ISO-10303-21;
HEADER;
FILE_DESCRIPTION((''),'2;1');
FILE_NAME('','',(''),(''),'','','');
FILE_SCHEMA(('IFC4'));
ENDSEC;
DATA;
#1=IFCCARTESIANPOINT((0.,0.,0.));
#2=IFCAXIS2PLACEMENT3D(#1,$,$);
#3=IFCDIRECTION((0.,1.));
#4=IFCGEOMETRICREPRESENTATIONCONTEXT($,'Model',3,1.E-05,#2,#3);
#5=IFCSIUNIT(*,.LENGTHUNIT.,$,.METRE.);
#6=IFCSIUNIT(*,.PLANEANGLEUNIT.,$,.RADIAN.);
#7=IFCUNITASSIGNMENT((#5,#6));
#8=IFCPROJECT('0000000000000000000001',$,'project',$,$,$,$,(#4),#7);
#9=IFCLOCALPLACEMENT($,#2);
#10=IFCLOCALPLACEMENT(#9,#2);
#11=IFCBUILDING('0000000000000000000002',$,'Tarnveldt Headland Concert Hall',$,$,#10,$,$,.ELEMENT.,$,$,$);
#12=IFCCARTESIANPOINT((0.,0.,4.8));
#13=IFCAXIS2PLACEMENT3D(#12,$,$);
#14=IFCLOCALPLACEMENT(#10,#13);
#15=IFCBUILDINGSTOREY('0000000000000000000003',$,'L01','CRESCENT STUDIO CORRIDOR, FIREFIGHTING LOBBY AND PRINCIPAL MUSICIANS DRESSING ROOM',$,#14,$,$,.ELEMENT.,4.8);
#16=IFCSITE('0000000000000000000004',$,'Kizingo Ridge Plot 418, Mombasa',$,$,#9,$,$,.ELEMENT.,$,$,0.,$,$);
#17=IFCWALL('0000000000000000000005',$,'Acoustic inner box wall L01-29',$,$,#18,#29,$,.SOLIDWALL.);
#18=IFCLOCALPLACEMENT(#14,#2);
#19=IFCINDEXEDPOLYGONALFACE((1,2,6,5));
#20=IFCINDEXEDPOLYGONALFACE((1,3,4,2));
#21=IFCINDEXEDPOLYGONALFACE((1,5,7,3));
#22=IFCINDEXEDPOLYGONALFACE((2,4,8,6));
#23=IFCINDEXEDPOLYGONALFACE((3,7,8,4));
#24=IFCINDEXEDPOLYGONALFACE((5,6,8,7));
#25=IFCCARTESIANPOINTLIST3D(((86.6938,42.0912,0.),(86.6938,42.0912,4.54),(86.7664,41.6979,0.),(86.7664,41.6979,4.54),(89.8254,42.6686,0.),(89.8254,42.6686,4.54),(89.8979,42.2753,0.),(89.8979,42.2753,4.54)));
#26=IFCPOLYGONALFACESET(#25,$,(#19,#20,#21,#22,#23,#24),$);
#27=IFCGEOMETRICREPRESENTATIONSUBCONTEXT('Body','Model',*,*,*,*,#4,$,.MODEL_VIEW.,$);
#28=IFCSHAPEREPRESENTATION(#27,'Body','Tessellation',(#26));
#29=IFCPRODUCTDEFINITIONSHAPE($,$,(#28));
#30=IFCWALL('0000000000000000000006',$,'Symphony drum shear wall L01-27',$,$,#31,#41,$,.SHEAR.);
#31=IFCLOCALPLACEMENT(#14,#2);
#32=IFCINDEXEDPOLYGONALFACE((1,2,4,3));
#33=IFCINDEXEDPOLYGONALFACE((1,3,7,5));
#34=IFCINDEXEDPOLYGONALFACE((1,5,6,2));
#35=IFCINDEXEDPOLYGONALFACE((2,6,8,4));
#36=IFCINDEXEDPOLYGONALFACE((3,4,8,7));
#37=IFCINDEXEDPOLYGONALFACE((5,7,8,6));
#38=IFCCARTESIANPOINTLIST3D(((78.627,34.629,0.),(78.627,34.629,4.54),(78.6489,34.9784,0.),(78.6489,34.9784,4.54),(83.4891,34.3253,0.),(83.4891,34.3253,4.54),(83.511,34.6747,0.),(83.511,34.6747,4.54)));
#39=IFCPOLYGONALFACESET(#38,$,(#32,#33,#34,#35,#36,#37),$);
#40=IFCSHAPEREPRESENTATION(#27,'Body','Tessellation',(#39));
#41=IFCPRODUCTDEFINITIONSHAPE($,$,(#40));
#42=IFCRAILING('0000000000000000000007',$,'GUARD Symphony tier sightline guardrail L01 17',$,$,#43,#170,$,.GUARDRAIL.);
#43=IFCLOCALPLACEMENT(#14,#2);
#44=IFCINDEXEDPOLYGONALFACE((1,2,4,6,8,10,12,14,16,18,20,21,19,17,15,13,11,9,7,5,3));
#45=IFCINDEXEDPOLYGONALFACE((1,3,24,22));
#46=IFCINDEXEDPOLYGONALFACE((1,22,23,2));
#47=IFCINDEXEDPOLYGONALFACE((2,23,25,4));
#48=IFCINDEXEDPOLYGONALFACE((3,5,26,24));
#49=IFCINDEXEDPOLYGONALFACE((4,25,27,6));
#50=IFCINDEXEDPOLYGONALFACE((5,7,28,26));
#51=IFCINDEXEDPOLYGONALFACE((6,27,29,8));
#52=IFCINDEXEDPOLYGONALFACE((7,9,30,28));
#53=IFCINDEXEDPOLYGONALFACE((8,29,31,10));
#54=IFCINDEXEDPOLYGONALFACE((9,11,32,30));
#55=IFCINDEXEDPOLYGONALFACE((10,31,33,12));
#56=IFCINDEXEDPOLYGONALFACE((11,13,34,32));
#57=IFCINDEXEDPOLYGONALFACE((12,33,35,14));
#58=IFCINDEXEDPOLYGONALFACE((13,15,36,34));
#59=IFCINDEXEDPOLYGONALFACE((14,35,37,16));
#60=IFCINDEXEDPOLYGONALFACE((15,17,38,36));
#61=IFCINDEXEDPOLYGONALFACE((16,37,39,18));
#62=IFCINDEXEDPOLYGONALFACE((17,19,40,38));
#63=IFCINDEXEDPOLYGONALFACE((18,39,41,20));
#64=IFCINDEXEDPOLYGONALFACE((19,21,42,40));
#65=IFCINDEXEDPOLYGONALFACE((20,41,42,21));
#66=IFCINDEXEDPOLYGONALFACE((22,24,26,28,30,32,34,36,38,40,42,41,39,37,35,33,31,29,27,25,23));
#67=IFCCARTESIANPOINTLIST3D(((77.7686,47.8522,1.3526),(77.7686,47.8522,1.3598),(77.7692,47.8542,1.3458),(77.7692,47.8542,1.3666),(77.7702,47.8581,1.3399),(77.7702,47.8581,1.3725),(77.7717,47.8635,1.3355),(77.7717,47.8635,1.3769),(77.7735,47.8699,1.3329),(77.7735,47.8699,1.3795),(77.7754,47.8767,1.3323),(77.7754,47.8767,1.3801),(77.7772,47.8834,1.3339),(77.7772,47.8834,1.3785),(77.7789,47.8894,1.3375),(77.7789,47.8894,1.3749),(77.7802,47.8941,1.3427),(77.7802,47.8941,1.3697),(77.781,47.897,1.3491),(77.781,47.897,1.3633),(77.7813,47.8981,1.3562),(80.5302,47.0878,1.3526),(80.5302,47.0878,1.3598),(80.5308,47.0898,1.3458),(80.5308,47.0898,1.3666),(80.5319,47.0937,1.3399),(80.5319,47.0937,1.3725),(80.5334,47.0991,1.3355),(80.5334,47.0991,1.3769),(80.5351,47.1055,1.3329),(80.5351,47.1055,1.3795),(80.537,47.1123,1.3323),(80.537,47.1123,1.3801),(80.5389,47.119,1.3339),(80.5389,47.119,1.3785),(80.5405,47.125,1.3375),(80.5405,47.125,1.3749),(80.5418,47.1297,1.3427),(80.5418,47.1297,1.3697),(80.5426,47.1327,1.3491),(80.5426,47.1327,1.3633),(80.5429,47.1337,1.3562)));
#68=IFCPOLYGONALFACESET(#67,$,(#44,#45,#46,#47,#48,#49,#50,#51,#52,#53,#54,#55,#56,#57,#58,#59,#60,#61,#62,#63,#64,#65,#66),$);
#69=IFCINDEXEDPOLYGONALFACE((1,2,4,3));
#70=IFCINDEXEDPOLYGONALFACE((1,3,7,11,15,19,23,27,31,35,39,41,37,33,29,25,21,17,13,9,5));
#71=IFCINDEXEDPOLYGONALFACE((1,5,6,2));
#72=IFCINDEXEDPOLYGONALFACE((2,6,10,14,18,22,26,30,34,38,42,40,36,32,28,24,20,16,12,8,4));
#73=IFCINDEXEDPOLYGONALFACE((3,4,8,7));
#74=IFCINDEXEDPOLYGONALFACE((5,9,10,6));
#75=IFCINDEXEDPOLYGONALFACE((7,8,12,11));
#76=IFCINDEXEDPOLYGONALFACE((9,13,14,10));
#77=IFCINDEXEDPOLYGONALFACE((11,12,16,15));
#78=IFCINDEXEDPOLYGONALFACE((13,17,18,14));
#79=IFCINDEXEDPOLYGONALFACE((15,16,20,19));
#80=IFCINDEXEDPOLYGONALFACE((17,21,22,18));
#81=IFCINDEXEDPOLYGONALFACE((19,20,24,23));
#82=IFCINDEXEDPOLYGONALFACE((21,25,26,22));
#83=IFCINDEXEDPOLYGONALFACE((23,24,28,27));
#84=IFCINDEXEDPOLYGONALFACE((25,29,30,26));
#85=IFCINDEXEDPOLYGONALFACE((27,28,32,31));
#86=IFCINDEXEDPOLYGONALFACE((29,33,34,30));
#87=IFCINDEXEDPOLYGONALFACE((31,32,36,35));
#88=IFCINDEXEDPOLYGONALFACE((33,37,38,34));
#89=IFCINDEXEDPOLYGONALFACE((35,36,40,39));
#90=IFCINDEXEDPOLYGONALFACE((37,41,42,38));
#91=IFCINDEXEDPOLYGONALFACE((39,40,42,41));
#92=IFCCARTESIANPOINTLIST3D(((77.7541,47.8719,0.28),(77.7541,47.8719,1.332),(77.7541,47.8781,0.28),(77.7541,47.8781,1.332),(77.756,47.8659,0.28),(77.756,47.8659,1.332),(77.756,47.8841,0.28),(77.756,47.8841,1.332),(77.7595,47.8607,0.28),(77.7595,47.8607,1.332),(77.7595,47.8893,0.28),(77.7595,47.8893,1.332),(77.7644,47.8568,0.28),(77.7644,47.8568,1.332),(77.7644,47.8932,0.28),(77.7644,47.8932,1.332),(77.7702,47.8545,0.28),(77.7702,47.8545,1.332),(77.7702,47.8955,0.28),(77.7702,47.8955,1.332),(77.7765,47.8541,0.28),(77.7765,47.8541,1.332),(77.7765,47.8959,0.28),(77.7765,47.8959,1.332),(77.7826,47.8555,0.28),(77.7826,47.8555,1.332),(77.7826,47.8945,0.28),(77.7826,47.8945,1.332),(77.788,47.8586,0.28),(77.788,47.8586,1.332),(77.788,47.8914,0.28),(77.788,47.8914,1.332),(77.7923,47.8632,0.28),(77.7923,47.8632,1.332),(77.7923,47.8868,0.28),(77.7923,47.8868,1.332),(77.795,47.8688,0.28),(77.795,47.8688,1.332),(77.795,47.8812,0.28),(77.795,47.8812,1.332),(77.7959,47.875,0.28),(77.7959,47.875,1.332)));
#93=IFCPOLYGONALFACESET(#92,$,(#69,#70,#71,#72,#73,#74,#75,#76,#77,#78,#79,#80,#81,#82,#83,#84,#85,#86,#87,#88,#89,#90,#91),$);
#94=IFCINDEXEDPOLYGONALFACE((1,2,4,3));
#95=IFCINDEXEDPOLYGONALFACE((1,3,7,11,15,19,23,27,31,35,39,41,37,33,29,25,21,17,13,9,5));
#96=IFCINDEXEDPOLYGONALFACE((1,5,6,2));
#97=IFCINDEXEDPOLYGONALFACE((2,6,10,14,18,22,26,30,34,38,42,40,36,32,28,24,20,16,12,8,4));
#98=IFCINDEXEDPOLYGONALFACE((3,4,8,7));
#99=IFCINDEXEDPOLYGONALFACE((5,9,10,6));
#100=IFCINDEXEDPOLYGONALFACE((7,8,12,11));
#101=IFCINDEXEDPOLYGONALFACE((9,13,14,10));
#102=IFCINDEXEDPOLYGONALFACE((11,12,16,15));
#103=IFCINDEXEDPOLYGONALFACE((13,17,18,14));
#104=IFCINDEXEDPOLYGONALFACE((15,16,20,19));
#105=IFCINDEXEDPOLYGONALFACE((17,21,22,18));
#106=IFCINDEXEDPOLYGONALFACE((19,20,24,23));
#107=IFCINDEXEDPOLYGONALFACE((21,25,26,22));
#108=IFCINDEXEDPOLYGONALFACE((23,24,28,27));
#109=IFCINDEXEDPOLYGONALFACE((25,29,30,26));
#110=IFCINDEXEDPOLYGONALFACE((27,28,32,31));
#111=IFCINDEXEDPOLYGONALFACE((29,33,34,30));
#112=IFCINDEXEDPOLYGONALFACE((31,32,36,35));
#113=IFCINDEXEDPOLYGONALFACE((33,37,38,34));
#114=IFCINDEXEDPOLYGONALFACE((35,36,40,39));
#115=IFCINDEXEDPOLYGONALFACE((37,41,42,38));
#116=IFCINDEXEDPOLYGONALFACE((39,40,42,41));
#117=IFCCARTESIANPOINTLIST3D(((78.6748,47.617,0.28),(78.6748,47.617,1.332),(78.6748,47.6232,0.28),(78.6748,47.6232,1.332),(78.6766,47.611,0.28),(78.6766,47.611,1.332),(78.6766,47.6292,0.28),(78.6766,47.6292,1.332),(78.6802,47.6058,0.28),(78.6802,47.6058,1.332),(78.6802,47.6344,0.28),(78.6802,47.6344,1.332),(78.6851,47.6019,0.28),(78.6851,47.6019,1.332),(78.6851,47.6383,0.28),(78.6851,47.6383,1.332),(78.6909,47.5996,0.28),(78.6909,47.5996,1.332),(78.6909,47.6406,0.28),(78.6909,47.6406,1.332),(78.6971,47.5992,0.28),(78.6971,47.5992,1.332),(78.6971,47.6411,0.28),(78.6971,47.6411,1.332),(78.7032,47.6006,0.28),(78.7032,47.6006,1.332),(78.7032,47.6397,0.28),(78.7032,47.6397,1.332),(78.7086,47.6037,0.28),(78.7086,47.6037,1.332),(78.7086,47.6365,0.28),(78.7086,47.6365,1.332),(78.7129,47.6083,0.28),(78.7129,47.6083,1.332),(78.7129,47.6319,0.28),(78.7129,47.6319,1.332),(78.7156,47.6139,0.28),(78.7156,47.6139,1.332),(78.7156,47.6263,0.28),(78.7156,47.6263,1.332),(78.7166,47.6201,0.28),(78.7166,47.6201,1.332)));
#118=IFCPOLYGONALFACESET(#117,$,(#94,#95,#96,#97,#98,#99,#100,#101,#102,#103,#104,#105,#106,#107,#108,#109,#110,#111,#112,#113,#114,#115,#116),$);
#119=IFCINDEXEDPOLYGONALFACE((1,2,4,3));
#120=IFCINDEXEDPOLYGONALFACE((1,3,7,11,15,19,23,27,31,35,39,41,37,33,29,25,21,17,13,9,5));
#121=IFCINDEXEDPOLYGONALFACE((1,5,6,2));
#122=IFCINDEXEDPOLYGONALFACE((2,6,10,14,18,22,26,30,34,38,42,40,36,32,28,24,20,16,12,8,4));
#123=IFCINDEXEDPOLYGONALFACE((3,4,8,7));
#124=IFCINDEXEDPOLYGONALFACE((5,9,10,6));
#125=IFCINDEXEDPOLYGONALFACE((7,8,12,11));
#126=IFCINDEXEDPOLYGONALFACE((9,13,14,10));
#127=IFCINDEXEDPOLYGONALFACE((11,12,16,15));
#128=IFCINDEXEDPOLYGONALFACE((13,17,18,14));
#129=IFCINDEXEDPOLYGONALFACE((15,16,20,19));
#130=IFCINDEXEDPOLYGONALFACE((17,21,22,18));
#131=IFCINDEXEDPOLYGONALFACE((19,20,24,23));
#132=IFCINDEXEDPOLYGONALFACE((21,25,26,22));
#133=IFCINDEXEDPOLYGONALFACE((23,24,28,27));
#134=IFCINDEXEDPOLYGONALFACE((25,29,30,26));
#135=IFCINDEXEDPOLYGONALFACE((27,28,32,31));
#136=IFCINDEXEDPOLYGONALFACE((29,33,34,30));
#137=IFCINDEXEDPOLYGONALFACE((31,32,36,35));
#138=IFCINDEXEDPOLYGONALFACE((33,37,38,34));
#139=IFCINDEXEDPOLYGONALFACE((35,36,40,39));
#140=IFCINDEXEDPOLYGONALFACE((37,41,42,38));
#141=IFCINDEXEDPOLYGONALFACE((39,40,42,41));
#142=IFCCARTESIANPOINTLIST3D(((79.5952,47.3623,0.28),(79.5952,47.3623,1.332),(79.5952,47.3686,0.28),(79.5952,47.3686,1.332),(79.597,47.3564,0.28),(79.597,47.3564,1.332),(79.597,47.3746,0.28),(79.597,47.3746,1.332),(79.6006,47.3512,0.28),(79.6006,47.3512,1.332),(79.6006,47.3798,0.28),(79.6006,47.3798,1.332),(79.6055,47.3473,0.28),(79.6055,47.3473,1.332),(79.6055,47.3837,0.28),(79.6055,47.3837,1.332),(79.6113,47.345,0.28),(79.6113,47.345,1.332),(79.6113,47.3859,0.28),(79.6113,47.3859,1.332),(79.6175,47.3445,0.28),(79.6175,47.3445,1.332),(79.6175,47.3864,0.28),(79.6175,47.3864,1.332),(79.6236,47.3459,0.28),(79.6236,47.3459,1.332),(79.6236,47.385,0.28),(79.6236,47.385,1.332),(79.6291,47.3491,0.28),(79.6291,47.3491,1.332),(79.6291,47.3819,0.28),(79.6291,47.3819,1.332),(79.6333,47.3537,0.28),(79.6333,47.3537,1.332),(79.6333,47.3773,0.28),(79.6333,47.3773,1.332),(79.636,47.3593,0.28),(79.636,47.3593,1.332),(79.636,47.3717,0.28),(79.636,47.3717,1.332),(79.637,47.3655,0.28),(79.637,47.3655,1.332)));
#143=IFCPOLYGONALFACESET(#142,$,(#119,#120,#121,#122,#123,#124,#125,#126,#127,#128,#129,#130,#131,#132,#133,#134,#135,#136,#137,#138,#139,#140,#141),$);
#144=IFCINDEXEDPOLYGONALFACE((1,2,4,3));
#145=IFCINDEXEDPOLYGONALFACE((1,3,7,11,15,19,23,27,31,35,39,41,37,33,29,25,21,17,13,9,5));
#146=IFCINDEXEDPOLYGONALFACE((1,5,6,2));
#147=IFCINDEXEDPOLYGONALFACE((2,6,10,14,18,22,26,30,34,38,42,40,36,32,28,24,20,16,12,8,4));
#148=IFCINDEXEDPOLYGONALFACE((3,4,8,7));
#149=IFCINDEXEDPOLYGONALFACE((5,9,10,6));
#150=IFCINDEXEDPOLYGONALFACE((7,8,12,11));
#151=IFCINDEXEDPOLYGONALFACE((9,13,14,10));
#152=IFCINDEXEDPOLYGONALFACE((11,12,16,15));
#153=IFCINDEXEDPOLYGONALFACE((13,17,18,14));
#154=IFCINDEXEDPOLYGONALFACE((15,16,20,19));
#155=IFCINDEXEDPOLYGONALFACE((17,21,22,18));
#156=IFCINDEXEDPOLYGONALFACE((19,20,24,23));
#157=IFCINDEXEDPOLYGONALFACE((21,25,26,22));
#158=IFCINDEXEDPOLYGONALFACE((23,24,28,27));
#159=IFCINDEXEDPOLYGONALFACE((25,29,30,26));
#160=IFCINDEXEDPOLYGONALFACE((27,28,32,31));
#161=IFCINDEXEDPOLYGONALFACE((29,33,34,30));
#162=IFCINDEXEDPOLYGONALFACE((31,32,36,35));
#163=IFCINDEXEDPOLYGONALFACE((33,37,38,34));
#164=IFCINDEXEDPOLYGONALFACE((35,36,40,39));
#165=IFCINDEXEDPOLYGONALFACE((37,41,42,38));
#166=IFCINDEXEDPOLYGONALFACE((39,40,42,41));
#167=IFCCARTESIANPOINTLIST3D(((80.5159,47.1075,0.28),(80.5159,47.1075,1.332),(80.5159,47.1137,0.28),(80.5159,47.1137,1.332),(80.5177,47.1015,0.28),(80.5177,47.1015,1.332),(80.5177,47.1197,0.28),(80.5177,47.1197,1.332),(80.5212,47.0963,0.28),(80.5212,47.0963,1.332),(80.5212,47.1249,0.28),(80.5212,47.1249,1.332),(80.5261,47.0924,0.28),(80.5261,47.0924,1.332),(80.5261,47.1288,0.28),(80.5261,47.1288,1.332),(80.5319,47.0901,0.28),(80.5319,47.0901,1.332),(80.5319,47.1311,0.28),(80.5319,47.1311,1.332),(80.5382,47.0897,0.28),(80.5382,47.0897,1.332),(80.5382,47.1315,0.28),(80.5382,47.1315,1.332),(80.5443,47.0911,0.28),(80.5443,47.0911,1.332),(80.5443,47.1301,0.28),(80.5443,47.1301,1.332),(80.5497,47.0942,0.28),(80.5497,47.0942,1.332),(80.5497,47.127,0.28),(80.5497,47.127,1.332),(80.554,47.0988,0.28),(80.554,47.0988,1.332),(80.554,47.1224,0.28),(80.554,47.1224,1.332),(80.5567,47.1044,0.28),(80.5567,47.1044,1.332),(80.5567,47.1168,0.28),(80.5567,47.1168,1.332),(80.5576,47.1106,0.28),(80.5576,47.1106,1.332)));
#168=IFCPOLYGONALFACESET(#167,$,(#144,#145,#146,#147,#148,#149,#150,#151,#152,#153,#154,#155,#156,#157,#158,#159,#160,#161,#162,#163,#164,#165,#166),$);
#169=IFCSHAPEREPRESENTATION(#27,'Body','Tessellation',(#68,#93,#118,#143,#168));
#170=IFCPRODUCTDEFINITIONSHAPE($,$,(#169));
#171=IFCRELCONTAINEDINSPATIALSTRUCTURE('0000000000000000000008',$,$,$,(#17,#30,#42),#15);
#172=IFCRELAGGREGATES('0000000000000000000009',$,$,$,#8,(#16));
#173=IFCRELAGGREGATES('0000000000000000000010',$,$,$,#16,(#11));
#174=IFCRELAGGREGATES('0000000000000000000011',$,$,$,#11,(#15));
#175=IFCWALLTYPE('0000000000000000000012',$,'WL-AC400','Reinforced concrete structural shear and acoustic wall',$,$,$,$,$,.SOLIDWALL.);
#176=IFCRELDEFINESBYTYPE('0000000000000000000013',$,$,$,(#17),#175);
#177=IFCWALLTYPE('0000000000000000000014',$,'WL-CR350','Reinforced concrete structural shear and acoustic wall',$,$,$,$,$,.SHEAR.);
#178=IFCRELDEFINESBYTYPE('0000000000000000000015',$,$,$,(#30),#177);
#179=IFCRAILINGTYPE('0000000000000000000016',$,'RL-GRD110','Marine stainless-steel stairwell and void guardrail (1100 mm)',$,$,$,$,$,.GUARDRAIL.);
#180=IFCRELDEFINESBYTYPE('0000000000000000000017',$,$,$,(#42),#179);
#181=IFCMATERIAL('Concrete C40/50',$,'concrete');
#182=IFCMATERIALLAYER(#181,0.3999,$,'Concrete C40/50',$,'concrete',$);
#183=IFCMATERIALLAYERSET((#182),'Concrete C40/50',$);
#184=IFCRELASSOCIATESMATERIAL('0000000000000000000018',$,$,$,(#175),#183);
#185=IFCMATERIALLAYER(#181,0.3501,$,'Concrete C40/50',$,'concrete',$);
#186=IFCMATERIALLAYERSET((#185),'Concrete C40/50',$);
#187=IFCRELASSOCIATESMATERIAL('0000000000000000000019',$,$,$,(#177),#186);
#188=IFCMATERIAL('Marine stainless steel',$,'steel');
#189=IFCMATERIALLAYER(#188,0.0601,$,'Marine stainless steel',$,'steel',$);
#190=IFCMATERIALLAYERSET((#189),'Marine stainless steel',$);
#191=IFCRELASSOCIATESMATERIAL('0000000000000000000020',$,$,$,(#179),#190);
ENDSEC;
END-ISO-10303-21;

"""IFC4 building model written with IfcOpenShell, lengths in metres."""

from ifc_helpers import new_model, si_unit, direction, frame, frame_2d, origin, origin_2d, place, context, subcontext, project, spatial, rectangle, circle, extrude, material, layer, layer_set, type_object, element, save


model = new_model("IFC4")

# Units and contexts
model_context = context("Model", 3, precision=1e-05, world=origin(), true_north=direction((0.0, 1.0)))
body_context = subcontext(model_context, "Body", "Model", "MODEL_VIEW")
ifc_project = project(units=[si_unit("LENGTHUNIT", "METRE"), si_unit("PLANEANGLEUNIT", "RADIAN")], contexts=[model_context])

# Site, building, storey
site_placement = place(None, origin())
site = spatial("IfcSite", under=ifc_project, at=site_placement, Name="Kizingo Ridge Plot 418, Mombasa", CompositionType="ELEMENT", RefElevation=0.0)
building_placement = place(site_placement, origin())
building = spatial("IfcBuilding", under=site, at=building_placement, Name="Tarnveldt Headland Concert Hall", CompositionType="ELEMENT")
storey_placement = place(building_placement, frame((0.0, 0.0, 4.8)))
storey = spatial("IfcBuildingStorey", under=building, at=storey_placement, Name="L01", Description="CRESCENT STUDIO CORRIDOR, FIREFIGHTING LOBBY AND PRINCIPAL MUSICIANS DRESSING ROOM", CompositionType="ELEMENT", Elevation=4.8)

# Shared definitions
ifc_material_1 = material(Name="Concrete C40/50", Category="concrete")

# Walls
ifc_layer_1 = layer(ifc_material_1, 0.3999, Name="Concrete C40/50", Category="concrete")
ifc_layer_set_1 = layer_set([ifc_layer_1], Name="Concrete C40/50")
wall_type_1 = type_object("IfcWallType", Name="WL-AC400", Description="Reinforced concrete structural shear and acoustic wall", PredefinedType="SOLIDWALL", material=ifc_layer_set_1)
wall_1_placement = place(storey_placement, frame((86.73, 41.8945, 0.0), z_axis=(0.0, 0.0, 1.0), x_axis=(0.983424, 0.18132, 0.0)))
element("IfcWall", 1, at=wall_1_placement, inside=storey, type_object=wall_type_1, Name="Acoustic inner box wall L01-29", PredefinedType="SOLIDWALL", context=body_context, shape_type="SweptSolid", body=[
    extrude(rectangle(XDim=3.1843, YDim=0.3999, at=frame_2d((1.5923, 0.0))), origin(), (0.0, 0.0, 1.0), 4.54),
])
ifc_layer_2 = layer(ifc_material_1, 0.3501, Name="Concrete C40/50", Category="concrete")
ifc_layer_set_2 = layer_set([ifc_layer_2], Name="Concrete C40/50")
wall_type_2 = type_object("IfcWallType", Name="WL-CR350", Description="Reinforced concrete structural shear and acoustic wall", PredefinedType="SHEAR", material=ifc_layer_set_2)
wall_2_placement = place(storey_placement, frame((78.6379, 34.8037, 0.0), z_axis=(0.0, 0.0, 1.0), x_axis=(0.998055, -0.062344, 0.0)))
element("IfcWall", 2, at=wall_2_placement, inside=storey, type_object=wall_type_2, Name="Symphony drum shear wall L01-27", PredefinedType="SHEAR", context=body_context, shape_type="SweptSolid", body=[
    extrude(rectangle(XDim=4.8716, YDim=0.3501, at=frame_2d((2.4358, 0.0))), origin(), (0.0, 0.0, 1.0), 4.54),
])

# Railing
ifc_material_2 = material(Name="Marine stainless steel", Category="steel")
ifc_layer_3 = layer(ifc_material_2, 0.0601, Name="Marine stainless steel", Category="steel")
ifc_layer_set_3 = layer_set([ifc_layer_3], Name="Marine stainless steel")
railing_type = type_object("IfcRailingType", Name="RL-GRD110", Description="Marine stainless-steel stairwell and void guardrail (1100 mm)", PredefinedType="GUARDRAIL", material=ifc_layer_set_3)
railing_1_placement = place(storey_placement, frame((77.7749, 47.875, 0.28)))
element("IfcRailing", 3, at=railing_1_placement, inside=storey, type_object=railing_type, Name="GUARD Symphony tier sightline guardrail L01 17", PredefinedType="GUARDRAIL", context=body_context, shape_type="SweptSolid", body=[
    extrude(circle(Radius=0.0239, at=origin_2d()), frame((0.0, 0.0, 1.0762), z_axis=(0.963764, -0.266756, 0.0), x_axis=(0.266756, 0.963764, 0.0)), (0.0, 0.0, 1.0), 2.8655),
    extrude(circle(Radius=0.021, at=origin_2d()), origin(), (0.0, 0.0, 1.0), 1.052),
    extrude(circle(Radius=0.021, at=origin_2d()), frame((0.9207, -0.2549, 0.0)), (0.0, 0.0, 1.0), 1.052),
    extrude(circle(Radius=0.021, at=origin_2d()), frame((1.8411, -0.5095, 0.0)), (0.0, 0.0, 1.0), 1.052),
    extrude(circle(Radius=0.021, at=origin_2d()), frame((2.7617, -0.7644, 0.0)), (0.0, 0.0, 1.0), 1.052),
])

save(model, "model.ifc")
